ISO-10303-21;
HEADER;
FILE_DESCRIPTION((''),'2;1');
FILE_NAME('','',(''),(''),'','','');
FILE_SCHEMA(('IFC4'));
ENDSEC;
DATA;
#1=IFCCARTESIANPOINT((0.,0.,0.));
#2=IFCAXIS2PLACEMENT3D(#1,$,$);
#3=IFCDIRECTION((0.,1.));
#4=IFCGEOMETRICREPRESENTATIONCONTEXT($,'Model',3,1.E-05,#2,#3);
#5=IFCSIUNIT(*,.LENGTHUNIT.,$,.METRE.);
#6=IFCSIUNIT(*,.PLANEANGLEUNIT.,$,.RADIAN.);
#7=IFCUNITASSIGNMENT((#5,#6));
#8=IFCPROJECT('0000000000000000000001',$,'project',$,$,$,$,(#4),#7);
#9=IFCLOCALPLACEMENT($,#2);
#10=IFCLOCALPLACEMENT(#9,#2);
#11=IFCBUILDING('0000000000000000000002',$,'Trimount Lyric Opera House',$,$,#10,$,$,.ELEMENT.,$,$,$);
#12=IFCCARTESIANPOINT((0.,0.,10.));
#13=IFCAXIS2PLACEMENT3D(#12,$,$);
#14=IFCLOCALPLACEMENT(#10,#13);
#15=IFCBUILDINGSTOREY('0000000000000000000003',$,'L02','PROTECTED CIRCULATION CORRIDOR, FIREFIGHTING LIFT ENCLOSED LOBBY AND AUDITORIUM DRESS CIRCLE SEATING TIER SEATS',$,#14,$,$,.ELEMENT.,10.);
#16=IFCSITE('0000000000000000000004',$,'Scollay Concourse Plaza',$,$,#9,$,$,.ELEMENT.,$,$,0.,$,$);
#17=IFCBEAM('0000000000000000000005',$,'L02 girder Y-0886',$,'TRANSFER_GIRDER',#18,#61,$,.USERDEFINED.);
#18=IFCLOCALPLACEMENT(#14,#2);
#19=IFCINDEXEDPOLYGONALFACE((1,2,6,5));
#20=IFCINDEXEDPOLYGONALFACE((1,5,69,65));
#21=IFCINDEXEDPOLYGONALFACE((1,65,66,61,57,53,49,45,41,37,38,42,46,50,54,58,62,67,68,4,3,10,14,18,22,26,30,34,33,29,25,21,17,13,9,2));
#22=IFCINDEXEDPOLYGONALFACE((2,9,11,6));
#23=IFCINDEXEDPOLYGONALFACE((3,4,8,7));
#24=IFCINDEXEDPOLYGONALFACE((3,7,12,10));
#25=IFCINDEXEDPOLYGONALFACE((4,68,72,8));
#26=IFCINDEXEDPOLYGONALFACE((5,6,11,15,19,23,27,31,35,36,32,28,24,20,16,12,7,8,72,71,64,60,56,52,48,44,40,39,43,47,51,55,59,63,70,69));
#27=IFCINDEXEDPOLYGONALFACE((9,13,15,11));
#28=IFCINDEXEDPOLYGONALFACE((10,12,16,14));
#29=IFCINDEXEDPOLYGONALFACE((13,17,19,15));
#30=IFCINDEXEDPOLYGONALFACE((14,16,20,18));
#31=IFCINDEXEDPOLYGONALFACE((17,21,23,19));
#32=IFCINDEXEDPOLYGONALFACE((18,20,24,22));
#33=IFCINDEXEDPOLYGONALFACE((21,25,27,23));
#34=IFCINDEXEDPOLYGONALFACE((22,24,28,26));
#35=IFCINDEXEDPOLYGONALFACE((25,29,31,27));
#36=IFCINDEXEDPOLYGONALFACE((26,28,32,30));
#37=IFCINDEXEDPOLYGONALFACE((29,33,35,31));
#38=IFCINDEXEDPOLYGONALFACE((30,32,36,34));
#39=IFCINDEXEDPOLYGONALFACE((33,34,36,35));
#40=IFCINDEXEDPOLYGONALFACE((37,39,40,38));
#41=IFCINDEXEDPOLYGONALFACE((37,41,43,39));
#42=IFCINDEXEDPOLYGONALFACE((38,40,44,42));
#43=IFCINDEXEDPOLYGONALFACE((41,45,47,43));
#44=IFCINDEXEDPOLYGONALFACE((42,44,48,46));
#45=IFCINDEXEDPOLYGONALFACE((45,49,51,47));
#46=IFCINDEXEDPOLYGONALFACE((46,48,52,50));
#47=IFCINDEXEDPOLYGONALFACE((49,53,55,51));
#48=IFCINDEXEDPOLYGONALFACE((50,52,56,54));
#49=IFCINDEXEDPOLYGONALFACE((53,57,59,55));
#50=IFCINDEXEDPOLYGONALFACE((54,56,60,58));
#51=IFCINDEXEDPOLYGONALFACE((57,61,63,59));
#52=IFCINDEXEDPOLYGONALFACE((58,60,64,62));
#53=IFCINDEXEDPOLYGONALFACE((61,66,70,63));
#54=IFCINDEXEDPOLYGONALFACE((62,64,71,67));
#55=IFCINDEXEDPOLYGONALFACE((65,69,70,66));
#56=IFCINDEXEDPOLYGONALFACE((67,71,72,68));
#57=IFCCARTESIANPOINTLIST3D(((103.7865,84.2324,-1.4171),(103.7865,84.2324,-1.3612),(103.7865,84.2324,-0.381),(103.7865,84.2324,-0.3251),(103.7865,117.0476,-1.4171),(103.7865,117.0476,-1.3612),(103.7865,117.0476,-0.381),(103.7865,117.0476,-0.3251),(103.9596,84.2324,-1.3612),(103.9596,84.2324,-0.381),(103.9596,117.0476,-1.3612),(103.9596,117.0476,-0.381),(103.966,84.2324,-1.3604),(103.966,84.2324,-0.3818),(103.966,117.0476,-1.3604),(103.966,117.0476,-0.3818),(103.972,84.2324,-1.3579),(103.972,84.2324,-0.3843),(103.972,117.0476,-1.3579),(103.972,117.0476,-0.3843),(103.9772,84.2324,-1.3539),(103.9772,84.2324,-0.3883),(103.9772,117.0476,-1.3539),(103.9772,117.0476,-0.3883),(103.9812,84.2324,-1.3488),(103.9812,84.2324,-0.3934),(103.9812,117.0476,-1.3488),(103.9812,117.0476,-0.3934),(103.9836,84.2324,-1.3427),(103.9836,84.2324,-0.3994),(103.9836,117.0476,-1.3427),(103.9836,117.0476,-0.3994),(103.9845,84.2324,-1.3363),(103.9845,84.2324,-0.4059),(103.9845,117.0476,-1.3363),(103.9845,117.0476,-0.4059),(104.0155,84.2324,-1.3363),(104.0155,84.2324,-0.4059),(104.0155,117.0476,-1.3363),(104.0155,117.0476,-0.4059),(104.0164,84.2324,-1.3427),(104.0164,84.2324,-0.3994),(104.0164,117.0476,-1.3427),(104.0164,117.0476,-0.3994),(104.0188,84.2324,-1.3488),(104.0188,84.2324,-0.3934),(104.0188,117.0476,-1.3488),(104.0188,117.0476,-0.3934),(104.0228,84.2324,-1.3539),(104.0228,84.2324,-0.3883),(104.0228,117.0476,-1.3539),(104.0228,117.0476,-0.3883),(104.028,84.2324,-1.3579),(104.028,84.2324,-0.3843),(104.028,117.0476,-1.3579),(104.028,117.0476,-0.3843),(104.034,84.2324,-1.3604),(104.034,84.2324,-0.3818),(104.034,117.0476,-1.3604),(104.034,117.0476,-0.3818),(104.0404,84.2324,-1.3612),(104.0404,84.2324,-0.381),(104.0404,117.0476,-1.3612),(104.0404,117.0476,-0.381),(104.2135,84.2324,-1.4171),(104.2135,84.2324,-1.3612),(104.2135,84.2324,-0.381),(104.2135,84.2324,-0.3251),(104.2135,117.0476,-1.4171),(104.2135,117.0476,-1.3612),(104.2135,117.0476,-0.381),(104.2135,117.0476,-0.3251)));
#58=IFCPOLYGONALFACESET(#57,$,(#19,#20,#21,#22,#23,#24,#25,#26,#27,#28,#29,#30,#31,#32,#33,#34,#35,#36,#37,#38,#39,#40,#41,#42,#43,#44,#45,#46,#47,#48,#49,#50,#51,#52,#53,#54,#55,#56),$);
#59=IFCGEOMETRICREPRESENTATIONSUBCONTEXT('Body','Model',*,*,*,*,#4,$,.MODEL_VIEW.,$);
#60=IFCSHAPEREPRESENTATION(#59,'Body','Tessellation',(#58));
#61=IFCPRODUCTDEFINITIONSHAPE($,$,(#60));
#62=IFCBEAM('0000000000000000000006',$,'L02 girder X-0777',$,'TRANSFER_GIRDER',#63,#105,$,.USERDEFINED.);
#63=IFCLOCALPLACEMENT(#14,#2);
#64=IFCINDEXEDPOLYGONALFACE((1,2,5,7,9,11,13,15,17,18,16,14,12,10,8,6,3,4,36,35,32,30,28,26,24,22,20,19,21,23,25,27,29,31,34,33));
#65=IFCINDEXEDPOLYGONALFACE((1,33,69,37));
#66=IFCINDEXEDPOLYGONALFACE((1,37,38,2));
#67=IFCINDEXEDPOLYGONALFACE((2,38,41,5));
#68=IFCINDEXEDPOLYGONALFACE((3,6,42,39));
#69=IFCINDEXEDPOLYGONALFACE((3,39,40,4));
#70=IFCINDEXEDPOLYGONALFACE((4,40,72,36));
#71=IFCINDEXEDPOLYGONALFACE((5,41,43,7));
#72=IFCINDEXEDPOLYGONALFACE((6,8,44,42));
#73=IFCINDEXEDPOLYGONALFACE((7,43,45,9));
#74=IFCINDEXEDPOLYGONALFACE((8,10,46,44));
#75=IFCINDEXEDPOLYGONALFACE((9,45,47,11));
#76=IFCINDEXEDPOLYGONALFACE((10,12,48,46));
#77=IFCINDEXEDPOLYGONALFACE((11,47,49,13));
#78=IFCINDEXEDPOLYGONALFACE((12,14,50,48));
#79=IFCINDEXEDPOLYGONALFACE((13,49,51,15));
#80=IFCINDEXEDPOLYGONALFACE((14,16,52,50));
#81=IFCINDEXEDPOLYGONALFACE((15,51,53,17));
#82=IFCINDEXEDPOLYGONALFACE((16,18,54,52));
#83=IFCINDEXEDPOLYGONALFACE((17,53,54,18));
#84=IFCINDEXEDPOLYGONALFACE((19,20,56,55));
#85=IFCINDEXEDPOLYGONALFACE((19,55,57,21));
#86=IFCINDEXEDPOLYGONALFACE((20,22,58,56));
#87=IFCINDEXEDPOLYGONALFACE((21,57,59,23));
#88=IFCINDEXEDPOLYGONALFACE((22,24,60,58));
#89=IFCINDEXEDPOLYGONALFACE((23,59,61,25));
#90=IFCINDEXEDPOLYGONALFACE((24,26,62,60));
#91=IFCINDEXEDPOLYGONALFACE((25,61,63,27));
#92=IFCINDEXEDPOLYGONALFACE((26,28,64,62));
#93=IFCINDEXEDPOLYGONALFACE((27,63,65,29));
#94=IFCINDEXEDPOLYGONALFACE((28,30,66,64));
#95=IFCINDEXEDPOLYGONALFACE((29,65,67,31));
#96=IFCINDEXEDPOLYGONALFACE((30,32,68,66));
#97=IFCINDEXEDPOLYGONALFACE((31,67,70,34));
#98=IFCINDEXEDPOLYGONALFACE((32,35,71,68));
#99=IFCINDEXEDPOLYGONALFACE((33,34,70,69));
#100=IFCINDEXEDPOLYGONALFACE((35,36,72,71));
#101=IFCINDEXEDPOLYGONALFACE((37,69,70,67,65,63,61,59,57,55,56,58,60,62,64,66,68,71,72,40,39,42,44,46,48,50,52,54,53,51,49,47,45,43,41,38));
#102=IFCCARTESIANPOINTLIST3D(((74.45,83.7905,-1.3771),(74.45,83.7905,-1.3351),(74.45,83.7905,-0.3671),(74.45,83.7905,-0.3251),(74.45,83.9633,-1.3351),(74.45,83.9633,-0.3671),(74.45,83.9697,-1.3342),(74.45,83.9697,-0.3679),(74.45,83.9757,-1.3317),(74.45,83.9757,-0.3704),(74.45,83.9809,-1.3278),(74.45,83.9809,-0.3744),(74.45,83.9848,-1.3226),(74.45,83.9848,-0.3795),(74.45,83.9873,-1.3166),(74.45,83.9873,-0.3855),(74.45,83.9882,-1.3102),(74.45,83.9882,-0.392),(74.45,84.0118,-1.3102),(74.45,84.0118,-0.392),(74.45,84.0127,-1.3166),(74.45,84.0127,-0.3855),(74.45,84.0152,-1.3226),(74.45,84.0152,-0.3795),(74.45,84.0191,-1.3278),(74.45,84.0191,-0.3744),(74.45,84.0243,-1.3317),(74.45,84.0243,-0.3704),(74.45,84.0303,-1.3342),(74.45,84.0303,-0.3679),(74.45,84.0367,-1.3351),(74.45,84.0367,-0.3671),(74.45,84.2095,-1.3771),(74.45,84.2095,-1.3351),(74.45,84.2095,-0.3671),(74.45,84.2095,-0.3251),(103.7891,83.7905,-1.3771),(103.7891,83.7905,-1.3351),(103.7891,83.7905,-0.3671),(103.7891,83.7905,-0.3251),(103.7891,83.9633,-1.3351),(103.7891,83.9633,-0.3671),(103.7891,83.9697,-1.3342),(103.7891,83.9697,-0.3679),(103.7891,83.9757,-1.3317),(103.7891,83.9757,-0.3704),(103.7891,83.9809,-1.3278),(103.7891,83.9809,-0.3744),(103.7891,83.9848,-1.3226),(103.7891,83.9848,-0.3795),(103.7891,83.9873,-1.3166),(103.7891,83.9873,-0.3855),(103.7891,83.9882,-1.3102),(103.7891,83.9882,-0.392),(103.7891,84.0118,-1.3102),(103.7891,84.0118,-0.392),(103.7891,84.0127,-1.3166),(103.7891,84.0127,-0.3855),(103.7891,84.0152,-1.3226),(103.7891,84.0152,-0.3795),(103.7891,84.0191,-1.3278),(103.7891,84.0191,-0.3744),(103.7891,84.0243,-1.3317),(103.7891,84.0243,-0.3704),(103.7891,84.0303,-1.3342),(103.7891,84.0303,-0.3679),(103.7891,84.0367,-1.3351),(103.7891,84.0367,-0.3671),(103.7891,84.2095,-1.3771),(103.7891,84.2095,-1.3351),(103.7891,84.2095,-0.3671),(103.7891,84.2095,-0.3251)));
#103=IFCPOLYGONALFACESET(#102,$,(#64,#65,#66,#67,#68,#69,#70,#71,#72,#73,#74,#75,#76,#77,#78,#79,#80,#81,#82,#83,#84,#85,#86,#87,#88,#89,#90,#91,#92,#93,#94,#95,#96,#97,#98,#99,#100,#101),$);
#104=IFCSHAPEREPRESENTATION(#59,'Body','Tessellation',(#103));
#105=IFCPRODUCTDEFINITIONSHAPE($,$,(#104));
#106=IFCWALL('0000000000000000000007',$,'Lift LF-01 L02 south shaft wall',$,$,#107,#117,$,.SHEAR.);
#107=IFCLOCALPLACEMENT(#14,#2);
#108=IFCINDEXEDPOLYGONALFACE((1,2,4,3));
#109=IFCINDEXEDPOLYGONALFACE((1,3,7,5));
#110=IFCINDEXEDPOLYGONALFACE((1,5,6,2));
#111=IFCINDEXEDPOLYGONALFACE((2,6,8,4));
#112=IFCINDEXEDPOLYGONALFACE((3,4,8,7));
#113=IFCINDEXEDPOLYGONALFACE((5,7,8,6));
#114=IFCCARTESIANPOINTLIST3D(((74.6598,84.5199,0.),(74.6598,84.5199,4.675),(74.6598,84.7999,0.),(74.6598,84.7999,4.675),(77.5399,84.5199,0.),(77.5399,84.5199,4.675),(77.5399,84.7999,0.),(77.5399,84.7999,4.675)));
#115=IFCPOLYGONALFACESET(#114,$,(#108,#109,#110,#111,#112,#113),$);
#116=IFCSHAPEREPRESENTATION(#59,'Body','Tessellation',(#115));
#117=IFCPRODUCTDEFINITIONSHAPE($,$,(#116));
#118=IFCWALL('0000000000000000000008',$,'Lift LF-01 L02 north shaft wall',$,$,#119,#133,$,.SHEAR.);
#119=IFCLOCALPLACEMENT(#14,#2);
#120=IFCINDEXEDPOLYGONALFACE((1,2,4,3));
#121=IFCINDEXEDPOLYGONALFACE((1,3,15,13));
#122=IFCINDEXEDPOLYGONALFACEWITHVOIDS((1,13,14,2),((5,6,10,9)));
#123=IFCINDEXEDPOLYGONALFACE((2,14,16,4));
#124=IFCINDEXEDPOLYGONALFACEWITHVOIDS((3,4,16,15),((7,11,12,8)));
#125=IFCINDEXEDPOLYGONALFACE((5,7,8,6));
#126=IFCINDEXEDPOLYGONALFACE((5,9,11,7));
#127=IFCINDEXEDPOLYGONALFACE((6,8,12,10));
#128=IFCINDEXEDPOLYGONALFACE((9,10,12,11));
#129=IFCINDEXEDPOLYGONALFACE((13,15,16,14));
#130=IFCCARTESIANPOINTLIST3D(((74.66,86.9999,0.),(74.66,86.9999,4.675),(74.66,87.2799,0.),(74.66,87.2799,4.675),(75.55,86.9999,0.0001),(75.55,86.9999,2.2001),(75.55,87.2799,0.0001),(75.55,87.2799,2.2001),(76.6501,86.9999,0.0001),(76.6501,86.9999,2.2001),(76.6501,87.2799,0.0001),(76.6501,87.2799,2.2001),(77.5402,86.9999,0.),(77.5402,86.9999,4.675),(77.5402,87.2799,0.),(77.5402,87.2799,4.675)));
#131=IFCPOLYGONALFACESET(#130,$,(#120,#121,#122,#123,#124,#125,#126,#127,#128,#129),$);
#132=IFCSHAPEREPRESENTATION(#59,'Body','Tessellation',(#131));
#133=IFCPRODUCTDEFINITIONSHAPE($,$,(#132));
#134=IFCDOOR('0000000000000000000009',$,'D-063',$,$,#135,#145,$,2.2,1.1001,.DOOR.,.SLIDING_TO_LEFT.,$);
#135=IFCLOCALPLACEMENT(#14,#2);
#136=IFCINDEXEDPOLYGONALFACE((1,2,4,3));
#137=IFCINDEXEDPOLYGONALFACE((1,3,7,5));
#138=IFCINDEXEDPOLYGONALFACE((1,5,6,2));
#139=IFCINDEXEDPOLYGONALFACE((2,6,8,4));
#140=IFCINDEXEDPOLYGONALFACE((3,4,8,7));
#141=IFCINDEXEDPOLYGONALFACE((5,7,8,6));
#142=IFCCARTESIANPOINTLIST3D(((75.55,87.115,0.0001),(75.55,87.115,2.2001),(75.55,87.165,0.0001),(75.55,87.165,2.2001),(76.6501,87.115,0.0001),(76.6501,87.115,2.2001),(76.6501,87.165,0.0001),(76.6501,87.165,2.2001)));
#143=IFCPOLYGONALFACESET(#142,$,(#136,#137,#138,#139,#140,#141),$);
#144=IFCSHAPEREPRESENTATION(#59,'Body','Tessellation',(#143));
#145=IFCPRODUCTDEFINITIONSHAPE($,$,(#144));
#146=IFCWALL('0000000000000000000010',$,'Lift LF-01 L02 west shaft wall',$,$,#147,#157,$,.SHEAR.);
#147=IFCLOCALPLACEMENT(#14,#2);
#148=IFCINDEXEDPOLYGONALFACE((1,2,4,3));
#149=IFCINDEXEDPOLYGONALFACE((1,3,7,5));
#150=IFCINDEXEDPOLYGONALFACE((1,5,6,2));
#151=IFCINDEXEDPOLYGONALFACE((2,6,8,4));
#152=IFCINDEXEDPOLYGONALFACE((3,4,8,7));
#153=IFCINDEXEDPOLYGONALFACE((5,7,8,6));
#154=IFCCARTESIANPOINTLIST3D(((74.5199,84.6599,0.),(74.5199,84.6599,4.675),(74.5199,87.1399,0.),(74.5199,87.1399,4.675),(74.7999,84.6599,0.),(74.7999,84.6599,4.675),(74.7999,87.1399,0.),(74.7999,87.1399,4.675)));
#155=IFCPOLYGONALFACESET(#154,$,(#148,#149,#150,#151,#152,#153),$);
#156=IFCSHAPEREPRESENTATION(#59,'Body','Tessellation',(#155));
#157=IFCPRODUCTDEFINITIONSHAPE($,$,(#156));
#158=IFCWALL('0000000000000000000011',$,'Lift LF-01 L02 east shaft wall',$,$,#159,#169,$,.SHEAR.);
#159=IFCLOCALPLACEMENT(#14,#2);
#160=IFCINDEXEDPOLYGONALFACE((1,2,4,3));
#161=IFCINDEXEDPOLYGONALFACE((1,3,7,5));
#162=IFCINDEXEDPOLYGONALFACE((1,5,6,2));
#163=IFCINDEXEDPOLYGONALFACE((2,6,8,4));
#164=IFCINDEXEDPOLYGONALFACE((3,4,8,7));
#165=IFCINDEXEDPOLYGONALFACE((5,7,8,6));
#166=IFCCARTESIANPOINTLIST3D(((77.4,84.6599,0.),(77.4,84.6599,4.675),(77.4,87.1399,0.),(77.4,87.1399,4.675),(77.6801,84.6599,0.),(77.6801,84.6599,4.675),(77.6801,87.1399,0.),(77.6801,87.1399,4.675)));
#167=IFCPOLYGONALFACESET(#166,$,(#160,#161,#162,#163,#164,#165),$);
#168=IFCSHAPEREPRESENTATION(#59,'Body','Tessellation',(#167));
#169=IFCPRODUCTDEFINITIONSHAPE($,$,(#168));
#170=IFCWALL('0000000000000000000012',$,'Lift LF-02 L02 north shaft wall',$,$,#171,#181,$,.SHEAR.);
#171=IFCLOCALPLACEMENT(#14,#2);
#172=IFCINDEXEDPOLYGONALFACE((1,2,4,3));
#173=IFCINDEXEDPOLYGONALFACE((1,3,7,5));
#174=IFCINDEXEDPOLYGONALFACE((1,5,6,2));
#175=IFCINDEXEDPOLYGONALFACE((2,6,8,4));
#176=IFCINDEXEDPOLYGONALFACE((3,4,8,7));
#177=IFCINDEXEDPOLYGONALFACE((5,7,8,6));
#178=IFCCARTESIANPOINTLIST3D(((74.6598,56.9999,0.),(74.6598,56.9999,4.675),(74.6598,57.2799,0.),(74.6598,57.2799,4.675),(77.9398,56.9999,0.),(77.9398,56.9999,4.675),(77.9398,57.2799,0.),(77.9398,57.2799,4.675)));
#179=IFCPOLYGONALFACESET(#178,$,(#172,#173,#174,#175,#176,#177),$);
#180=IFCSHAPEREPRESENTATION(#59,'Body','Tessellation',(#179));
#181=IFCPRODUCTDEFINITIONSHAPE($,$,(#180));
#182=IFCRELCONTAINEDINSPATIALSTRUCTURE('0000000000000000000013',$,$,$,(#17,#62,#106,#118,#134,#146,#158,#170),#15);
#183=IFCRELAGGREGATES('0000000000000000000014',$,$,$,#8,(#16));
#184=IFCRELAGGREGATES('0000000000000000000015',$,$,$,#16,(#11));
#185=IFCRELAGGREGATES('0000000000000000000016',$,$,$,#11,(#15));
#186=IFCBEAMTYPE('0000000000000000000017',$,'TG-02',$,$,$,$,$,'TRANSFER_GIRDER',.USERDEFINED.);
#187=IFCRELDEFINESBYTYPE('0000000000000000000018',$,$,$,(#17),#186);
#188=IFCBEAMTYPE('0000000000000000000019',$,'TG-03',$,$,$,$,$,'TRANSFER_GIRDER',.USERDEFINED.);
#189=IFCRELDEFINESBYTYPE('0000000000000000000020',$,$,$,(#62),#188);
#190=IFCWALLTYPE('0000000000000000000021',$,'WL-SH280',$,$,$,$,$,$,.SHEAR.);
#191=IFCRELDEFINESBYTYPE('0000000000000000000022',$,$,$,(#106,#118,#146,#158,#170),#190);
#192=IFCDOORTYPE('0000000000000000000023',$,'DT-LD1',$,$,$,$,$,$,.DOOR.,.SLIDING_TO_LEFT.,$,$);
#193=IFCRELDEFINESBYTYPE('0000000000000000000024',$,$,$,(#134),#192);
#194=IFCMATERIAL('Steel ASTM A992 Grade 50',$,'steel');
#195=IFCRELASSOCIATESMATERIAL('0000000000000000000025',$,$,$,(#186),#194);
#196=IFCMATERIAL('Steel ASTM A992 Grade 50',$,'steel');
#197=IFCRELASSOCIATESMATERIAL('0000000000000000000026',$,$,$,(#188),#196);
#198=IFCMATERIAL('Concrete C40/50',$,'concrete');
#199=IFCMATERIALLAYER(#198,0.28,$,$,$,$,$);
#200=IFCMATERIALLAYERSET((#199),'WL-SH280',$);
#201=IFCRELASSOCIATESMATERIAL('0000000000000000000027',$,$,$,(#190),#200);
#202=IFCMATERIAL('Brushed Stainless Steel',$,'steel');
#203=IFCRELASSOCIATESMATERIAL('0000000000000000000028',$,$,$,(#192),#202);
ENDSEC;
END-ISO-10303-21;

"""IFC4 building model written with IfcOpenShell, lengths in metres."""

from ifc_helpers import new_model, si_unit, direction, frame, frame_2d, origin, origin_2d, place, context, subcontext, project, spatial, rectangle, i_section, extrude, material, layer, layer_set, material_profile, profile_set, type_object, element, fill, save


model = new_model("IFC4")

# Units and contexts
model_context = context("Model", 3, precision=1e-05, world=origin(), true_north=direction((0.0, 1.0)))
body_context = subcontext(model_context, "Body", "Model", "MODEL_VIEW")
ifc_project = project(units=[si_unit("LENGTHUNIT", "METRE"), si_unit("PLANEANGLEUNIT", "RADIAN")], contexts=[model_context])

# Site, building, storey
site_placement = place(None, origin())
site = spatial("IfcSite", under=ifc_project, at=site_placement, Name="Scollay Concourse Plaza", CompositionType="ELEMENT", RefElevation=0.0)
building_placement = place(site_placement, origin())
building = spatial("IfcBuilding", under=site, at=building_placement, Name="Trimount Lyric Opera House", CompositionType="ELEMENT")
storey_placement = place(building_placement, frame((0.0, 0.0, 10.0)))
storey = spatial("IfcBuildingStorey", under=building, at=storey_placement, Name="L02", Description="PROTECTED CIRCULATION CORRIDOR, FIREFIGHTING LIFT ENCLOSED LOBBY AND AUDITORIUM DRESS CIRCLE SEATING TIER SEATS", CompositionType="ELEMENT", Elevation=10.0)

# Beams
ifc_material_1 = material(Name="Steel ASTM A992 Grade 50", Category="steel")
ifc_material_profile_1 = material_profile(ifc_material_1, i_section(OverallWidth=0.427, OverallDepth=1.092, WebThickness=0.031, FlangeThickness=0.0559, FilletRadius=0.0249, at=origin_2d()), Name="W40X397")
ifc_profile_set_1 = profile_set([ifc_material_profile_1], Name="Steel ASTM A992 Grade 50")
beam_type_1 = type_object("IfcBeamType", Name="TG-02", ElementType="TRANSFER_GIRDER", PredefinedType="USERDEFINED", material=ifc_profile_set_1)
beam_1_placement = place(storey_placement, frame((104.0, 84.2324, -0.8711), z_axis=(0.0, 1.0, 0.0), x_axis=(-1.0, 0.0, 0.0)))
element("IfcBeam", 1, at=beam_1_placement, inside=storey, type_object=beam_type_1, Name="L02 girder Y-0886", ObjectType="TRANSFER_GIRDER", PredefinedType="USERDEFINED", context=body_context, shape_type="SweptSolid", body=[
    extrude(i_section(OverallWidth=0.427, OverallDepth=1.092, WebThickness=0.031, FlangeThickness=0.0559, FilletRadius=0.0249, at=origin_2d()), origin(), (0.0, 0.0, 1.0), 32.8152),
])
ifc_material_2 = material(Name="Steel ASTM A992 Grade 50", Category="steel")
ifc_material_profile_2 = material_profile(ifc_material_2, i_section(OverallWidth=0.4189, OverallDepth=1.052, WebThickness=0.0237, FlangeThickness=0.042, FilletRadius=0.0249, at=origin_2d()), Name="W40X297")
ifc_profile_set_2 = profile_set([ifc_material_profile_2], Name="Steel ASTM A992 Grade 50")
beam_type_2 = type_object("IfcBeamType", Name="TG-03", ElementType="TRANSFER_GIRDER", PredefinedType="USERDEFINED", material=ifc_profile_set_2)
beam_2_placement = place(storey_placement, frame((74.45, 84.0, -0.8511), z_axis=(1.0, 0.0, 0.0), x_axis=(0.0, 1.0, 0.0)))
element("IfcBeam", 2, at=beam_2_placement, inside=storey, type_object=beam_type_2, Name="L02 girder X-0777", ObjectType="TRANSFER_GIRDER", PredefinedType="USERDEFINED", context=body_context, shape_type="SweptSolid", body=[
    extrude(i_section(OverallWidth=0.4189, OverallDepth=1.052, WebThickness=0.0237, FlangeThickness=0.042, FilletRadius=0.0249, at=origin_2d()), origin(), (0.0, 0.0, 1.0), 29.3391),
])

# Wall
ifc_material_3 = material(Name="Concrete C40/50", Category="concrete")
ifc_layer_1 = layer(ifc_material_3, 0.28)
ifc_layer_set_1 = layer_set([ifc_layer_1], Name="WL-SH280")
wall_type_1 = type_object("IfcWallType", Name="WL-SH280", PredefinedType="SHEAR", material=ifc_layer_set_1)
wall_1_placement = place(storey_placement, frame((74.6599, 84.6599, 0.0), z_axis=(0.0, 0.0, 1.0), x_axis=(1.0, 0.0, 0.0)))
element("IfcWall", 3, at=wall_1_placement, inside=storey, type_object=wall_type_1, Name="Lift LF-01 L02 south shaft wall", PredefinedType="SHEAR", context=body_context, shape_type="SweptSolid", body=[
    extrude(rectangle(XDim=2.8801, YDim=0.28, at=frame_2d((1.4399, 0.0))), origin(), (0.0, 0.0, 1.0), 4.675),
])

# Wall, opening, door
wall_2_placement = place(storey_placement, frame((77.54, 87.1399, 0.0), z_axis=(0.0, 0.0, 1.0), x_axis=(-1.0, 0.0, 0.0)))
wall_2 = element("IfcWall", 4, at=wall_2_placement, inside=storey, type_object=wall_type_1, Name="Lift LF-01 L02 north shaft wall", PredefinedType="SHEAR", context=body_context, shape_type="SweptSolid", body=[
    extrude(rectangle(XDim=2.8801, YDim=0.28, at=frame_2d((1.4399, 0.0))), origin(), (0.0, 0.0, 1.0), 4.675),
])
opening_1_placement = place(wall_2_placement, frame((0.8899, 0.0, 0.0)))
opening_1 = element("IfcOpeningElement", 5, at=opening_1_placement, cuts=wall_2, PredefinedType="OPENING", context=body_context, shape_type="SweptSolid", body=[
    extrude(rectangle(XDim=1.1001, YDim=2.2, at=frame_2d((0.55, 1.1001))), frame((0.0, 0.1499, 0.0), z_axis=(0.0, -1.0, 0.0), x_axis=(1.0, 0.0, 0.0)), (0.0, 0.0, 1.0), 0.3),
])
ifc_material_4 = material(Name="Brushed Stainless Steel", Category="steel")
door_type_1 = type_object("IfcDoorType", Name="DT-LD1", OperationType="SLIDING_TO_LEFT", PredefinedType="DOOR", material=ifc_material_4)
door_1_placement = place(opening_1_placement, origin())
door_1 = element("IfcDoor", 6, at=door_1_placement, inside=storey, type_object=door_type_1, Name="D-063", OperationType="SLIDING_TO_LEFT", OverallHeight=2.2, OverallWidth=1.1001, PredefinedType="DOOR", context=body_context, shape_type="SweptSolid", body=[
    extrude(rectangle(XDim=1.1001, YDim=2.2, at=frame_2d((0.55, 1.1001))), frame((0.0, 0.0249, 0.0), z_axis=(0.0, -1.0, 0.0), x_axis=(1.0, 0.0, 0.0)), (0.0, 0.0, 1.0), 0.05),
])
fill(opening_1, door_1)

# Walls
for number, where, z_axis, x_axis, name in (
    (7, (74.6599, 87.1399, 0.0), (0.0, 0.0, 1.0), (0.0, -1.0, 0.0), "Lift LF-01 L02 west shaft wall"),
    (8, (77.54, 84.6599, 0.0), (0.0, 0.0, 1.0), (0.0, 1.0, 0.0), "Lift LF-01 L02 east shaft wall"),
):
    element("IfcWall", number, at=place(storey_placement, frame(where, z_axis=z_axis, x_axis=x_axis)), inside=storey, type_object=wall_type_1, Name=name, PredefinedType="SHEAR", context=body_context, shape_type="SweptSolid", body=[
        extrude(rectangle(XDim=2.48, YDim=0.28, at=frame_2d((1.24, 0.0))), origin(), (0.0, 0.0, 1.0), 4.675),
    ])
wall_3_placement = place(storey_placement, frame((77.9399, 57.1399, 0.0), z_axis=(0.0, 0.0, 1.0), x_axis=(-1.0, 0.0, 0.0)))
element("IfcWall", 9, at=wall_3_placement, inside=storey, type_object=wall_type_1, Name="Lift LF-02 L02 north shaft wall", PredefinedType="SHEAR", context=body_context, shape_type="SweptSolid", body=[
    extrude(rectangle(XDim=3.28, YDim=0.28, at=frame_2d((1.6401, 0.0))), origin(), (0.0, 0.0, 1.0), 4.675),
])

save(model, "model.ifc")
